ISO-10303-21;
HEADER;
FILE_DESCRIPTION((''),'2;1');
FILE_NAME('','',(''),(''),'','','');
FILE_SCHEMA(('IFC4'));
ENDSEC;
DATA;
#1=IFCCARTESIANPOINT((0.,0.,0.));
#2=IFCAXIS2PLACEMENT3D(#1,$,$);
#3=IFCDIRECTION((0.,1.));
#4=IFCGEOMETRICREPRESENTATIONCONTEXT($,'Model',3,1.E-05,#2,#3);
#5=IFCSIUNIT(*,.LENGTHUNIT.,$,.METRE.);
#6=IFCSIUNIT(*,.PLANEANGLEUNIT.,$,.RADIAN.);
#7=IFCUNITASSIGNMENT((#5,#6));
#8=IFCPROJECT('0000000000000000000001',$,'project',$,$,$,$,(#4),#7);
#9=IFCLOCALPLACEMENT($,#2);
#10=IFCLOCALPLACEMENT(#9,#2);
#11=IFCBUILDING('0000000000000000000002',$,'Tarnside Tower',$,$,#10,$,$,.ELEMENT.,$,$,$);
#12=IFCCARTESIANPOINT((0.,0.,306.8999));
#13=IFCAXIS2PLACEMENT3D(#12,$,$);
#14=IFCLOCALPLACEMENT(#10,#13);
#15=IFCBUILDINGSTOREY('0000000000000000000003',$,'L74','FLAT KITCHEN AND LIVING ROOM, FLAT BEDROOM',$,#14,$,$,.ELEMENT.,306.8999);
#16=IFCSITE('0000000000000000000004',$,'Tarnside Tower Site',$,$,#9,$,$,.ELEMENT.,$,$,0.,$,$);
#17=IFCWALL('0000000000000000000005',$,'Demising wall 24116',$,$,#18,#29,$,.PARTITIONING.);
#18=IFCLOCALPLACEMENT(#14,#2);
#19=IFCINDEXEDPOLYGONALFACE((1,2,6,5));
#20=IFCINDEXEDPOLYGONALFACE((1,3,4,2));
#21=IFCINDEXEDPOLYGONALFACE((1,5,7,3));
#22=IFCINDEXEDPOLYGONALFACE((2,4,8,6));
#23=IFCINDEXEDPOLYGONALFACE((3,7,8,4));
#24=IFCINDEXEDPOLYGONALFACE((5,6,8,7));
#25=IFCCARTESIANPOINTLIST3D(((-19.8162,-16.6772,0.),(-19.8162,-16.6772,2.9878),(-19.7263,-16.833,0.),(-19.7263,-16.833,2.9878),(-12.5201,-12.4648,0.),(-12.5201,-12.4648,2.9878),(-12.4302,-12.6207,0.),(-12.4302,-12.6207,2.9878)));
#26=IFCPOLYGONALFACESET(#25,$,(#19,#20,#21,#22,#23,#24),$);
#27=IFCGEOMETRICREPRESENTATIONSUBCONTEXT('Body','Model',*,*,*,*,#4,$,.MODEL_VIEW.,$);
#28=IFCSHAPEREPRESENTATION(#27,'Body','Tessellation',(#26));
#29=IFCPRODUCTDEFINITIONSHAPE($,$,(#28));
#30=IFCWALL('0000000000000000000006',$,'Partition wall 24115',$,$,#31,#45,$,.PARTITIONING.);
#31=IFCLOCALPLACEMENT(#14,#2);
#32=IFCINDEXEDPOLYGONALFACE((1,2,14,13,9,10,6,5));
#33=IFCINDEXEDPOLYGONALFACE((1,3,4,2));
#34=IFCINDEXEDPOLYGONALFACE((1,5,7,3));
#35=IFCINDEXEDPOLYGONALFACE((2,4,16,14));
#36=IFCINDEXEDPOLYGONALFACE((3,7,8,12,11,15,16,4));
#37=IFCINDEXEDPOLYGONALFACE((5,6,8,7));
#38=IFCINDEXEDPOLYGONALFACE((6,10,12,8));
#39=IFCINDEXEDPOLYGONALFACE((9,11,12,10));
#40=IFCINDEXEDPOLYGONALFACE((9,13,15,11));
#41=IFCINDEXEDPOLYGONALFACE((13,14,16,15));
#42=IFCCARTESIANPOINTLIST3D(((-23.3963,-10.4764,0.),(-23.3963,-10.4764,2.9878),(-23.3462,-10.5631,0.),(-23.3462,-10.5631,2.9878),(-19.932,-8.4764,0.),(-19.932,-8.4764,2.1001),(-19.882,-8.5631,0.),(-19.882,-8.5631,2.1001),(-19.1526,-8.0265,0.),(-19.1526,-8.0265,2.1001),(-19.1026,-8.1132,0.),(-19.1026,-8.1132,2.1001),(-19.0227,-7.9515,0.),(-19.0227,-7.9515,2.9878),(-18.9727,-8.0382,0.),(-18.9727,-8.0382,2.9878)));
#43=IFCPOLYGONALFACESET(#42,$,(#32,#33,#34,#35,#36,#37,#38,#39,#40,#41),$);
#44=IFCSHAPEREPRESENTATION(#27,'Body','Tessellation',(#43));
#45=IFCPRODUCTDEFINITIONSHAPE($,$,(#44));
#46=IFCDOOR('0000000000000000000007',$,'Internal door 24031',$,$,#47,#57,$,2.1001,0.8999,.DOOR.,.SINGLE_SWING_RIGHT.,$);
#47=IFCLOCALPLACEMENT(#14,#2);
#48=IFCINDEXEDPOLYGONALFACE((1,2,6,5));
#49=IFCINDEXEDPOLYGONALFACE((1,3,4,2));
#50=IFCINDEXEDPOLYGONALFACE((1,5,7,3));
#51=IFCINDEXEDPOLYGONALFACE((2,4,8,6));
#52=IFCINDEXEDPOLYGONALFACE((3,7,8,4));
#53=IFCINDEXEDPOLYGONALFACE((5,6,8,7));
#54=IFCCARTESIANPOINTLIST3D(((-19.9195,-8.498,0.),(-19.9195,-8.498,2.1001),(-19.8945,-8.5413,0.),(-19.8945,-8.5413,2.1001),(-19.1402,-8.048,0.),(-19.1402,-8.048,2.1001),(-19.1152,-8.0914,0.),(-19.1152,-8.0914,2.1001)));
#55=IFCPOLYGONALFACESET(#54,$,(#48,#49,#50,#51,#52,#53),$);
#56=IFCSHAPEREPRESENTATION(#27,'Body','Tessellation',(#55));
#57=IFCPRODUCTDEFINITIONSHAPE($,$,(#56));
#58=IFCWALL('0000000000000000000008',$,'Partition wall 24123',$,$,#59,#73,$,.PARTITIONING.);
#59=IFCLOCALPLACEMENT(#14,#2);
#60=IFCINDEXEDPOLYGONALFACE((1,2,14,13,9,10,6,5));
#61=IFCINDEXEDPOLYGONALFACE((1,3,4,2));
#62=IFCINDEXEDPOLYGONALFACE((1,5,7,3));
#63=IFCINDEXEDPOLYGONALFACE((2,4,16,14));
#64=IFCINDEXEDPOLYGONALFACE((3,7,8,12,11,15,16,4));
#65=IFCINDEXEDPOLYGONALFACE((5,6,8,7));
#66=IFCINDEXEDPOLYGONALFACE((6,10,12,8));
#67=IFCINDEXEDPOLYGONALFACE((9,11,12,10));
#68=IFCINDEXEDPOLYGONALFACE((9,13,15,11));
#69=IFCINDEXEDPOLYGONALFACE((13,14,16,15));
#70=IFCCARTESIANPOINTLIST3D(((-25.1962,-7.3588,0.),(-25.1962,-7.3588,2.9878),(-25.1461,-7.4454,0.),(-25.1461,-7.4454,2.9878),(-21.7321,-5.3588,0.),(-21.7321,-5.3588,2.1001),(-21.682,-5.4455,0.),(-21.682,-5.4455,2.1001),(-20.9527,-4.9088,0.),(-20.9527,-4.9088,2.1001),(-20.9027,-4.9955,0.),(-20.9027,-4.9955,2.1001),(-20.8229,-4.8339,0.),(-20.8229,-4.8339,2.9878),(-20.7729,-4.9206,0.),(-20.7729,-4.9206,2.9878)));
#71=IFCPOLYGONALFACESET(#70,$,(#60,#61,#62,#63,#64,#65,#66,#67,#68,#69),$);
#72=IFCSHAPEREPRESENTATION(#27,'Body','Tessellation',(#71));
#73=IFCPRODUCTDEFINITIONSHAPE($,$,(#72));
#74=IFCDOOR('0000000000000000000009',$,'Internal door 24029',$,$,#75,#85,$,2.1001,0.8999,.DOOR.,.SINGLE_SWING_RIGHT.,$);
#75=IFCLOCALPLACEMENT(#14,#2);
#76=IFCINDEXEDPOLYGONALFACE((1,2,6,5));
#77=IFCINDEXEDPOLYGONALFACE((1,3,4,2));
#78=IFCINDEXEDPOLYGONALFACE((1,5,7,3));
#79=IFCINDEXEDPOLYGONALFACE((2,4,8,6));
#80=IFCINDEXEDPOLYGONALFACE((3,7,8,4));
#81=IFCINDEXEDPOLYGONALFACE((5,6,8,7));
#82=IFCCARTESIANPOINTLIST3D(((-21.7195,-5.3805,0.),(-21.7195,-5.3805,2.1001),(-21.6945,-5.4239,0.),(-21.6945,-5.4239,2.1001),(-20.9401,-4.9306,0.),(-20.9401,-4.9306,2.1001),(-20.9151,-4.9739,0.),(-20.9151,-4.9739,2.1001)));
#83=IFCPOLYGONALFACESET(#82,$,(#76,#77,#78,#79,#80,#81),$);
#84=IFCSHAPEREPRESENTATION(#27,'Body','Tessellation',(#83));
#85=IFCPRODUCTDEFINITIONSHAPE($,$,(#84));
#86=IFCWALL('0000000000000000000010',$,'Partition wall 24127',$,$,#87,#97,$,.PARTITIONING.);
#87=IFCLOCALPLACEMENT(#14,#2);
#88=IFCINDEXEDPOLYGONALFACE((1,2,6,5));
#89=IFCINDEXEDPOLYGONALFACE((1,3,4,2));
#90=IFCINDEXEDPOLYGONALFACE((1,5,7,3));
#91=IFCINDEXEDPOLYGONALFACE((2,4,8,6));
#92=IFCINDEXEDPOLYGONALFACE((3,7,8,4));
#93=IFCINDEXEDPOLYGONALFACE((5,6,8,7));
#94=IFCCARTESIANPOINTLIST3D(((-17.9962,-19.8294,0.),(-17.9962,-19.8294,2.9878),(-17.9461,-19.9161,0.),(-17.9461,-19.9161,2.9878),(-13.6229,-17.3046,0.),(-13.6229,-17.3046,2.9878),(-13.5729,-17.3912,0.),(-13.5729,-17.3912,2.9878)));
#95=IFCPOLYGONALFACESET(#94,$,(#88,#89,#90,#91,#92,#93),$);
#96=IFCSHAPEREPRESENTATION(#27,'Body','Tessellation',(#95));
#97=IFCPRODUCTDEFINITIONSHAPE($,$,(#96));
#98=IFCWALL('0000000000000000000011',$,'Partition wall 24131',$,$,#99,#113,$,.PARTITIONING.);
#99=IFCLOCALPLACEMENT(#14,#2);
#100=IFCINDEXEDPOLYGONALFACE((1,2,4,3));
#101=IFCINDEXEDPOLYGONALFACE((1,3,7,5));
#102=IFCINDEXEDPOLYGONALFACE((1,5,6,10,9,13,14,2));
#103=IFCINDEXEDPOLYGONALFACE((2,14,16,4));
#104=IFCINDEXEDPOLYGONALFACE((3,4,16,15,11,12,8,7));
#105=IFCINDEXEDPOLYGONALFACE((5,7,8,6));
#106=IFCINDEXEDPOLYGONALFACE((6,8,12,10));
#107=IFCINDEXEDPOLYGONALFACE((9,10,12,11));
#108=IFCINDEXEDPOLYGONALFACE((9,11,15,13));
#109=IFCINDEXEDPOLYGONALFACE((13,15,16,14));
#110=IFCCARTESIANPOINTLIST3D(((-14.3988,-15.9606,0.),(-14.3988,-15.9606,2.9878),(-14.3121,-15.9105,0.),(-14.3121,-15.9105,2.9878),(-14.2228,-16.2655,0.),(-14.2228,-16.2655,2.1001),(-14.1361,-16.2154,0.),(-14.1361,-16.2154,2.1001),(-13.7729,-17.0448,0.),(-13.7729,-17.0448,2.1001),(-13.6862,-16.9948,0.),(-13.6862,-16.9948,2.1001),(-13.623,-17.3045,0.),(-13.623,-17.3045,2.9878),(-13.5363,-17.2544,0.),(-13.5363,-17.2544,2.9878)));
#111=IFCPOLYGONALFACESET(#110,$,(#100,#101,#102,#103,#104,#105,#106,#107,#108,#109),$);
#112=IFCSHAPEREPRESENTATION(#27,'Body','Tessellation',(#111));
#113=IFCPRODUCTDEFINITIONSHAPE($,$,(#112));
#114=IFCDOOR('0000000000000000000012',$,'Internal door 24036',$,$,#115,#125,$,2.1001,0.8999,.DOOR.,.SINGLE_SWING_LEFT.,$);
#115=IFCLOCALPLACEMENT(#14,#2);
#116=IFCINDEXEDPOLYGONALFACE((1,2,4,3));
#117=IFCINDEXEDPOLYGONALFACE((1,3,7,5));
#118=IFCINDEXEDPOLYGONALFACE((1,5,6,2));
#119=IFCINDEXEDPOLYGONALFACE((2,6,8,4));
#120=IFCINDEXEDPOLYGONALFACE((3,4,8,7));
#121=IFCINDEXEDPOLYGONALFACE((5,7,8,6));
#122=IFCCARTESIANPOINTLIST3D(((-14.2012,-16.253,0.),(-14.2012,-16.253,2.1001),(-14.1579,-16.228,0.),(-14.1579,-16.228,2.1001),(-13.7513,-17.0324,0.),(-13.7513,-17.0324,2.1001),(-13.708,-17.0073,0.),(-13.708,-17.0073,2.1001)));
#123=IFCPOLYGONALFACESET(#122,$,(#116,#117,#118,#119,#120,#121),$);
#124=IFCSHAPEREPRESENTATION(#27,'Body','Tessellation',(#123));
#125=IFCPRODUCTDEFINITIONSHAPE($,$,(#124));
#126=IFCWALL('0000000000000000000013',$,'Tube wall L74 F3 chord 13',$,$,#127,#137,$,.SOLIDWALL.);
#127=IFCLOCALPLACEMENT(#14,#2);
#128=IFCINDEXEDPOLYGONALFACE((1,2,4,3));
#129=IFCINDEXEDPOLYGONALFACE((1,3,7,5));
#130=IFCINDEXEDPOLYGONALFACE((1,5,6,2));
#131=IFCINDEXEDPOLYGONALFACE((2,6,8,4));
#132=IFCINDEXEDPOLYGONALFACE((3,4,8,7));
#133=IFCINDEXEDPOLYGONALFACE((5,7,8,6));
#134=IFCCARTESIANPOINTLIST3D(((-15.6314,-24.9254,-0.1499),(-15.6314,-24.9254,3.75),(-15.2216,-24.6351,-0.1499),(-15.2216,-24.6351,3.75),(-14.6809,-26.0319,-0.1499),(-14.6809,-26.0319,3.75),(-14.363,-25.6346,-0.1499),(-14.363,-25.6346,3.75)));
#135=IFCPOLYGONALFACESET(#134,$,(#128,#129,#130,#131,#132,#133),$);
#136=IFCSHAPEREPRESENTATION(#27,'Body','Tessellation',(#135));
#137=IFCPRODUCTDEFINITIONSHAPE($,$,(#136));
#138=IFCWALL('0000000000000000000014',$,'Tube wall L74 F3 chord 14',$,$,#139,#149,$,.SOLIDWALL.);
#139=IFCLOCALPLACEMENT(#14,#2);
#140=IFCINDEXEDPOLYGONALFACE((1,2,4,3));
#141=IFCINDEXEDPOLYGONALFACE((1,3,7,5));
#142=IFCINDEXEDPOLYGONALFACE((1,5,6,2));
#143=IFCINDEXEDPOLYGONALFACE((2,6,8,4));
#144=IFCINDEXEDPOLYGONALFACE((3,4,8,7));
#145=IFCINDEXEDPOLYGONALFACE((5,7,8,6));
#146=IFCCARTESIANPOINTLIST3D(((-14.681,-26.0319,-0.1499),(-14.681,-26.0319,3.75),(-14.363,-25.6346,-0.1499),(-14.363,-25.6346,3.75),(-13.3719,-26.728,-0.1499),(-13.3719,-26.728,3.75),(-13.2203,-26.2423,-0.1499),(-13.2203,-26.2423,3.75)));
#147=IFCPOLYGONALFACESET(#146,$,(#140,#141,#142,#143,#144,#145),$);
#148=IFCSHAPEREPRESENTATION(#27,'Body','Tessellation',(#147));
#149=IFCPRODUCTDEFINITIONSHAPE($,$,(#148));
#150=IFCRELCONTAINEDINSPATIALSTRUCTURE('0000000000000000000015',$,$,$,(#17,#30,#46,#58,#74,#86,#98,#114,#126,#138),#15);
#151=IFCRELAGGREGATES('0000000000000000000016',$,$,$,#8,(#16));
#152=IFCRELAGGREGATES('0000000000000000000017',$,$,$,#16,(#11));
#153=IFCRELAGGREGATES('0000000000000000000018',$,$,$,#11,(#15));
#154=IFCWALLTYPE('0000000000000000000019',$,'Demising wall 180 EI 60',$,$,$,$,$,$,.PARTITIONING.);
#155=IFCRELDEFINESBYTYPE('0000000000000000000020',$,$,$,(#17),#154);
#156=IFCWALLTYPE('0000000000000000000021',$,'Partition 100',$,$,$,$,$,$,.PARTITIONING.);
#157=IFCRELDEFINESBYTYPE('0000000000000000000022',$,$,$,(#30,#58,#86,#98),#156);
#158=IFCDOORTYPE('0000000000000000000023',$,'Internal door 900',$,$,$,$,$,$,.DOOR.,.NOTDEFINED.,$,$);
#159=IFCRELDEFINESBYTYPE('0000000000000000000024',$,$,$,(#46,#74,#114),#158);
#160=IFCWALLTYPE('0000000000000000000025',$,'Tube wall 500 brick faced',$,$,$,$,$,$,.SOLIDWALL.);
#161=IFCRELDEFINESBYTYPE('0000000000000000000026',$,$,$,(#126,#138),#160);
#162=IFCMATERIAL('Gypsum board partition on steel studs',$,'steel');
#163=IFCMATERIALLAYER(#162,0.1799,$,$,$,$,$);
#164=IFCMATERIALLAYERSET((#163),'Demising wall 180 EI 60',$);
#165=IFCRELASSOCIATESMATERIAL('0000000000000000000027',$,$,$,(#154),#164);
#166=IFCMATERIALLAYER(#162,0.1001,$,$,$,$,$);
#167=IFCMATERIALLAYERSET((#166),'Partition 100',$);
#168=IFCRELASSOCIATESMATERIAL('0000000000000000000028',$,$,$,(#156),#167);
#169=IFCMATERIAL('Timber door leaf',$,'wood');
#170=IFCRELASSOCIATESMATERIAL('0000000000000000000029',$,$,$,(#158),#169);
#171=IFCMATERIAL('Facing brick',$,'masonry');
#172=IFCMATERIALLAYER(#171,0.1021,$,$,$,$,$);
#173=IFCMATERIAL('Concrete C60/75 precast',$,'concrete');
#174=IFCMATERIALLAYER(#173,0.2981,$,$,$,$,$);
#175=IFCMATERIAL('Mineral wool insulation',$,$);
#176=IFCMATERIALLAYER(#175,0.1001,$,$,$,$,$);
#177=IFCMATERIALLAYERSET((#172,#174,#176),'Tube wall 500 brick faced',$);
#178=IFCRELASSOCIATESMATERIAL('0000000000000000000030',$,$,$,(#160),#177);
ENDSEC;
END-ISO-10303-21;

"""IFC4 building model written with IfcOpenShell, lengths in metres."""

from ifc_helpers import new_model, si_unit, direction, frame, frame_2d, origin, place, context, subcontext, project, spatial, polyline, rectangle, outline, extrude, material, layer, layer_set, type_object, element, fill, save


model = new_model("IFC4")

# Units and contexts
model_context = context("Model", 3, precision=1e-05, world=origin(), true_north=direction((0.0, 1.0)))
body_context = subcontext(model_context, "Body", "Model", "MODEL_VIEW")
ifc_project = project(units=[si_unit("LENGTHUNIT", "METRE"), si_unit("PLANEANGLEUNIT", "RADIAN")], contexts=[model_context])

# Site, building, storey
site_placement = place(None, origin())
site = spatial("IfcSite", under=ifc_project, at=site_placement, Name="Tarnside Tower Site", CompositionType="ELEMENT", RefElevation=0.0)
building_placement = place(site_placement, origin())
building = spatial("IfcBuilding", under=site, at=building_placement, Name="Tarnside Tower", CompositionType="ELEMENT")
storey_placement = place(building_placement, frame((0.0, 0.0, 306.8999)))
storey = spatial("IfcBuildingStorey", under=building, at=storey_placement, Name="L74", Description="FLAT KITCHEN AND LIVING ROOM, FLAT BEDROOM", CompositionType="ELEMENT", Elevation=306.8999)

# Wall
ifc_material_1 = material(Name="Gypsum board partition on steel studs", Category="steel")
ifc_layer_1 = layer(ifc_material_1, 0.1799)
ifc_layer_set_1 = layer_set([ifc_layer_1], Name="Demising wall 180 EI 60")
wall_type_1 = type_object("IfcWallType", Name="Demising wall 180 EI 60", PredefinedType="PARTITIONING", material=ifc_layer_set_1)
wall_1_placement = place(storey_placement, frame((-19.7712, -16.7551, 0.0), z_axis=(0.0, 0.0, 1.0), x_axis=(0.866027, 0.499998, 0.0)))
element("IfcWall", 1, at=wall_1_placement, inside=storey, type_object=wall_type_1, Name="Demising wall 24116", PredefinedType="PARTITIONING", context=body_context, shape_type="SweptSolid", body=[
    extrude(rectangle(XDim=8.4248, YDim=0.1799, at=frame_2d((4.2124, 0.0))), origin(), (0.0, 0.0, 1.0), 2.9878),
])

# Walls, openings, doors
ifc_layer_2 = layer(ifc_material_1, 0.1001)
ifc_layer_set_2 = layer_set([ifc_layer_2], Name="Partition 100")
wall_type_2 = type_object("IfcWallType", Name="Partition 100", PredefinedType="PARTITIONING", material=ifc_layer_set_2)
wall_2_placement = place(storey_placement, frame((-18.9978, -7.9949, 0.0), z_axis=(0.0, 0.0, 1.0), x_axis=(-0.866039, -0.499976, 0.0)))
wall_2 = element("IfcWall", 2, at=wall_2_placement, inside=storey, type_object=wall_type_2, Name="Partition wall 24115", PredefinedType="PARTITIONING", context=body_context, shape_type="SweptSolid", body=[
    extrude(rectangle(XDim=5.05, YDim=0.1001, at=frame_2d((2.5249, 0.0))), origin(), (0.0, 0.0, 1.0), 2.9878),
])
opening_1_placement = place(wall_2_placement, frame((0.1499, 0.0, 0.0)))
opening_1 = element("IfcOpeningElement", 3, at=opening_1_placement, cuts=wall_2, PredefinedType="OPENING", context=body_context, shape_type="SweptSolid", body=[
    extrude(rectangle(XDim=0.8999, YDim=2.1001, at=frame_2d((0.45, 1.05))), frame((0.0, 0.0601, 0.0), z_axis=(0.0, -1.0, 0.0), x_axis=(1.0, 0.0, 0.0)), (0.0, 0.0, 1.0), 0.1201),
])
ifc_material_2 = material(Name="Timber door leaf", Category="wood")
door_type = type_object("IfcDoorType", Name="Internal door 900", OperationType="NOTDEFINED", PredefinedType="DOOR", material=ifc_material_2)
door_1_placement = place(opening_1_placement, origin())
door_1 = element("IfcDoor", 4, at=door_1_placement, inside=storey, type_object=door_type, Name="Internal door 24031", OperationType="SINGLE_SWING_RIGHT", OverallHeight=2.1001, OverallWidth=0.8999, PredefinedType="DOOR", context=body_context, shape_type="SweptSolid", body=[
    extrude(rectangle(XDim=0.8999, YDim=2.1001, at=frame_2d((0.45, 1.05))), frame((0.0, 0.0249, 0.0), z_axis=(0.0, -1.0, 0.0), x_axis=(1.0, 0.0, 0.0)), (0.0, 0.0, 1.0), 0.05),
])
fill(opening_1, door_1)
wall_3_placement = place(storey_placement, frame((-25.1711, -7.4021, 0.0), z_axis=(0.0, 0.0, 1.0), x_axis=(0.866027, 0.499997, 0.0)))
wall_3 = element("IfcWall", 5, at=wall_3_placement, inside=storey, type_object=wall_type_2, Name="Partition wall 24123", PredefinedType="PARTITIONING", context=body_context, shape_type="SweptSolid", body=[
    extrude(rectangle(XDim=5.0498, YDim=0.1001, at=frame_2d((2.5249, 0.0))), origin(), (0.0, 0.0, 1.0), 2.9878),
])
opening_2_placement = place(wall_3_placement, frame((4.0, 0.0, 0.0)))
opening_2 = element("IfcOpeningElement", 6, at=opening_2_placement, cuts=wall_3, PredefinedType="OPENING", context=body_context, shape_type="SweptSolid", body=[
    extrude(rectangle(XDim=0.8999, YDim=2.1001, at=frame_2d((0.45, 1.05))), frame((0.0, 0.0601, 0.0), z_axis=(0.0, -1.0, 0.0), x_axis=(1.0, 0.0, 0.0)), (0.0, 0.0, 1.0), 0.1201),
])
door_2_placement = place(opening_2_placement, origin())
door_2 = element("IfcDoor", 7, at=door_2_placement, inside=storey, type_object=door_type, Name="Internal door 24029", OperationType="SINGLE_SWING_RIGHT", OverallHeight=2.1001, OverallWidth=0.8999, PredefinedType="DOOR", context=body_context, shape_type="SweptSolid", body=[
    extrude(rectangle(XDim=0.8999, YDim=2.1001, at=frame_2d((0.45, 1.05))), frame((0.0, 0.0249, 0.0), z_axis=(0.0, -1.0, 0.0), x_axis=(1.0, 0.0, 0.0)), (0.0, 0.0, 1.0), 0.05),
])
fill(opening_2, door_2)

# Wall
wall_4_placement = place(storey_placement, frame((-13.5979, -17.3479, 0.0), z_axis=(0.0, 0.0, 1.0), x_axis=(-0.866027, -0.499997, 0.0)))
element("IfcWall", 8, at=wall_4_placement, inside=storey, type_object=wall_type_2, Name="Partition wall 24127", PredefinedType="PARTITIONING", context=body_context, shape_type="SweptSolid", body=[
    extrude(rectangle(XDim=5.0498, YDim=0.1001, at=frame_2d((2.5249, 0.0))), origin(), (0.0, 0.0, 1.0), 2.9878),
])

# Wall, opening, door
wall_5_placement = place(storey_placement, frame((-14.3555, -15.9355, 0.0), z_axis=(0.0, 0.0, 1.0), x_axis=(0.499963, -0.866047, 0.0)))
wall_5 = element("IfcWall", 9, at=wall_5_placement, inside=storey, type_object=wall_type_2, Name="Partition wall 24131", PredefinedType="PARTITIONING", context=body_context, shape_type="SweptSolid", body=[
    extrude(rectangle(XDim=1.5518, YDim=0.1001, at=frame_2d((0.7759, 0.0))), origin(), (0.0, 0.0, 1.0), 2.9878),
])
opening_3_placement = place(wall_5_placement, frame((0.3521, 0.0, 0.0)))
opening_3 = element("IfcOpeningElement", 10, at=opening_3_placement, cuts=wall_5, PredefinedType="OPENING", context=body_context, shape_type="SweptSolid", body=[
    extrude(rectangle(XDim=0.8999, YDim=2.1001, at=frame_2d((0.45, 1.05))), frame((0.0, 0.0601, 0.0), z_axis=(0.0, -1.0, 0.0), x_axis=(1.0, 0.0, 0.0)), (0.0, 0.0, 1.0), 0.1201),
])
door_3_placement = place(opening_3_placement, origin())
door_3 = element("IfcDoor", 11, at=door_3_placement, inside=storey, type_object=door_type, Name="Internal door 24036", OperationType="SINGLE_SWING_LEFT", OverallHeight=2.1001, OverallWidth=0.8999, PredefinedType="DOOR", context=body_context, shape_type="SweptSolid", body=[
    extrude(rectangle(XDim=0.8999, YDim=2.1001, at=frame_2d((0.45, 1.05))), frame((0.0, 0.0249, 0.0), z_axis=(0.0, -1.0, 0.0), x_axis=(1.0, 0.0, 0.0)), (0.0, 0.0, 1.0), 0.05),
])
fill(opening_3, door_3)

# Walls
ifc_material_3 = material(Name="Facing brick", Category="masonry")
ifc_layer_3 = layer(ifc_material_3, 0.1021)
ifc_material_4 = material(Name="Concrete C60/75 precast", Category="concrete")
ifc_layer_4 = layer(ifc_material_4, 0.2981)
ifc_material_5 = material(Name="Mineral wool insulation")
ifc_layer_5 = layer(ifc_material_5, 0.1001)
ifc_layer_set_3 = layer_set([ifc_layer_3, ifc_layer_4, ifc_layer_5], Name="Tube wall 500 brick faced")
wall_type_3 = type_object("IfcWallType", Name="Tube wall 500 brick faced", PredefinedType="SOLIDWALL", material=ifc_layer_set_3)
wall_6_placement = place(storey_placement, frame((-15.4265, -24.7803, -0.1499), z_axis=(0.0, 0.0, 1.0), x_axis=(0.651617, -0.758549, 0.0)))
element("IfcWall", 12, at=wall_6_placement, inside=storey, type_object=wall_type_3, Name="Tube wall L74 F3 chord 13", PredefinedType="SOLIDWALL", context=body_context, shape_type="SweptSolid", body=[
    extrude(outline(polyline([(-0.0234, -0.25), (1.4353, -0.25), (1.3411, 0.25), (0.0234, 0.25), (-0.0234, -0.25)])), origin(), (0.0, 0.0, 1.0), 3.8999),
])
wall_7_placement = place(storey_placement, frame((-14.522, -25.8333, -0.1499), z_axis=(0.0, 0.0, 1.0), x_axis=(0.882927, -0.469511, 0.0)))
element("IfcWall", 13, at=wall_7_placement, inside=storey, type_object=wall_type_3, Name="Tube wall L74 F3 chord 14", PredefinedType="SOLIDWALL", context=body_context, shape_type="SweptSolid", body=[
    extrude(outline(polyline([(-0.0471, -0.25), (1.4355, -0.25), (1.3413, 0.25), (0.0471, 0.25), (-0.0471, -0.25)])), origin(), (0.0, 0.0, 1.0), 3.8999),
])

save(model, "model.ifc")
